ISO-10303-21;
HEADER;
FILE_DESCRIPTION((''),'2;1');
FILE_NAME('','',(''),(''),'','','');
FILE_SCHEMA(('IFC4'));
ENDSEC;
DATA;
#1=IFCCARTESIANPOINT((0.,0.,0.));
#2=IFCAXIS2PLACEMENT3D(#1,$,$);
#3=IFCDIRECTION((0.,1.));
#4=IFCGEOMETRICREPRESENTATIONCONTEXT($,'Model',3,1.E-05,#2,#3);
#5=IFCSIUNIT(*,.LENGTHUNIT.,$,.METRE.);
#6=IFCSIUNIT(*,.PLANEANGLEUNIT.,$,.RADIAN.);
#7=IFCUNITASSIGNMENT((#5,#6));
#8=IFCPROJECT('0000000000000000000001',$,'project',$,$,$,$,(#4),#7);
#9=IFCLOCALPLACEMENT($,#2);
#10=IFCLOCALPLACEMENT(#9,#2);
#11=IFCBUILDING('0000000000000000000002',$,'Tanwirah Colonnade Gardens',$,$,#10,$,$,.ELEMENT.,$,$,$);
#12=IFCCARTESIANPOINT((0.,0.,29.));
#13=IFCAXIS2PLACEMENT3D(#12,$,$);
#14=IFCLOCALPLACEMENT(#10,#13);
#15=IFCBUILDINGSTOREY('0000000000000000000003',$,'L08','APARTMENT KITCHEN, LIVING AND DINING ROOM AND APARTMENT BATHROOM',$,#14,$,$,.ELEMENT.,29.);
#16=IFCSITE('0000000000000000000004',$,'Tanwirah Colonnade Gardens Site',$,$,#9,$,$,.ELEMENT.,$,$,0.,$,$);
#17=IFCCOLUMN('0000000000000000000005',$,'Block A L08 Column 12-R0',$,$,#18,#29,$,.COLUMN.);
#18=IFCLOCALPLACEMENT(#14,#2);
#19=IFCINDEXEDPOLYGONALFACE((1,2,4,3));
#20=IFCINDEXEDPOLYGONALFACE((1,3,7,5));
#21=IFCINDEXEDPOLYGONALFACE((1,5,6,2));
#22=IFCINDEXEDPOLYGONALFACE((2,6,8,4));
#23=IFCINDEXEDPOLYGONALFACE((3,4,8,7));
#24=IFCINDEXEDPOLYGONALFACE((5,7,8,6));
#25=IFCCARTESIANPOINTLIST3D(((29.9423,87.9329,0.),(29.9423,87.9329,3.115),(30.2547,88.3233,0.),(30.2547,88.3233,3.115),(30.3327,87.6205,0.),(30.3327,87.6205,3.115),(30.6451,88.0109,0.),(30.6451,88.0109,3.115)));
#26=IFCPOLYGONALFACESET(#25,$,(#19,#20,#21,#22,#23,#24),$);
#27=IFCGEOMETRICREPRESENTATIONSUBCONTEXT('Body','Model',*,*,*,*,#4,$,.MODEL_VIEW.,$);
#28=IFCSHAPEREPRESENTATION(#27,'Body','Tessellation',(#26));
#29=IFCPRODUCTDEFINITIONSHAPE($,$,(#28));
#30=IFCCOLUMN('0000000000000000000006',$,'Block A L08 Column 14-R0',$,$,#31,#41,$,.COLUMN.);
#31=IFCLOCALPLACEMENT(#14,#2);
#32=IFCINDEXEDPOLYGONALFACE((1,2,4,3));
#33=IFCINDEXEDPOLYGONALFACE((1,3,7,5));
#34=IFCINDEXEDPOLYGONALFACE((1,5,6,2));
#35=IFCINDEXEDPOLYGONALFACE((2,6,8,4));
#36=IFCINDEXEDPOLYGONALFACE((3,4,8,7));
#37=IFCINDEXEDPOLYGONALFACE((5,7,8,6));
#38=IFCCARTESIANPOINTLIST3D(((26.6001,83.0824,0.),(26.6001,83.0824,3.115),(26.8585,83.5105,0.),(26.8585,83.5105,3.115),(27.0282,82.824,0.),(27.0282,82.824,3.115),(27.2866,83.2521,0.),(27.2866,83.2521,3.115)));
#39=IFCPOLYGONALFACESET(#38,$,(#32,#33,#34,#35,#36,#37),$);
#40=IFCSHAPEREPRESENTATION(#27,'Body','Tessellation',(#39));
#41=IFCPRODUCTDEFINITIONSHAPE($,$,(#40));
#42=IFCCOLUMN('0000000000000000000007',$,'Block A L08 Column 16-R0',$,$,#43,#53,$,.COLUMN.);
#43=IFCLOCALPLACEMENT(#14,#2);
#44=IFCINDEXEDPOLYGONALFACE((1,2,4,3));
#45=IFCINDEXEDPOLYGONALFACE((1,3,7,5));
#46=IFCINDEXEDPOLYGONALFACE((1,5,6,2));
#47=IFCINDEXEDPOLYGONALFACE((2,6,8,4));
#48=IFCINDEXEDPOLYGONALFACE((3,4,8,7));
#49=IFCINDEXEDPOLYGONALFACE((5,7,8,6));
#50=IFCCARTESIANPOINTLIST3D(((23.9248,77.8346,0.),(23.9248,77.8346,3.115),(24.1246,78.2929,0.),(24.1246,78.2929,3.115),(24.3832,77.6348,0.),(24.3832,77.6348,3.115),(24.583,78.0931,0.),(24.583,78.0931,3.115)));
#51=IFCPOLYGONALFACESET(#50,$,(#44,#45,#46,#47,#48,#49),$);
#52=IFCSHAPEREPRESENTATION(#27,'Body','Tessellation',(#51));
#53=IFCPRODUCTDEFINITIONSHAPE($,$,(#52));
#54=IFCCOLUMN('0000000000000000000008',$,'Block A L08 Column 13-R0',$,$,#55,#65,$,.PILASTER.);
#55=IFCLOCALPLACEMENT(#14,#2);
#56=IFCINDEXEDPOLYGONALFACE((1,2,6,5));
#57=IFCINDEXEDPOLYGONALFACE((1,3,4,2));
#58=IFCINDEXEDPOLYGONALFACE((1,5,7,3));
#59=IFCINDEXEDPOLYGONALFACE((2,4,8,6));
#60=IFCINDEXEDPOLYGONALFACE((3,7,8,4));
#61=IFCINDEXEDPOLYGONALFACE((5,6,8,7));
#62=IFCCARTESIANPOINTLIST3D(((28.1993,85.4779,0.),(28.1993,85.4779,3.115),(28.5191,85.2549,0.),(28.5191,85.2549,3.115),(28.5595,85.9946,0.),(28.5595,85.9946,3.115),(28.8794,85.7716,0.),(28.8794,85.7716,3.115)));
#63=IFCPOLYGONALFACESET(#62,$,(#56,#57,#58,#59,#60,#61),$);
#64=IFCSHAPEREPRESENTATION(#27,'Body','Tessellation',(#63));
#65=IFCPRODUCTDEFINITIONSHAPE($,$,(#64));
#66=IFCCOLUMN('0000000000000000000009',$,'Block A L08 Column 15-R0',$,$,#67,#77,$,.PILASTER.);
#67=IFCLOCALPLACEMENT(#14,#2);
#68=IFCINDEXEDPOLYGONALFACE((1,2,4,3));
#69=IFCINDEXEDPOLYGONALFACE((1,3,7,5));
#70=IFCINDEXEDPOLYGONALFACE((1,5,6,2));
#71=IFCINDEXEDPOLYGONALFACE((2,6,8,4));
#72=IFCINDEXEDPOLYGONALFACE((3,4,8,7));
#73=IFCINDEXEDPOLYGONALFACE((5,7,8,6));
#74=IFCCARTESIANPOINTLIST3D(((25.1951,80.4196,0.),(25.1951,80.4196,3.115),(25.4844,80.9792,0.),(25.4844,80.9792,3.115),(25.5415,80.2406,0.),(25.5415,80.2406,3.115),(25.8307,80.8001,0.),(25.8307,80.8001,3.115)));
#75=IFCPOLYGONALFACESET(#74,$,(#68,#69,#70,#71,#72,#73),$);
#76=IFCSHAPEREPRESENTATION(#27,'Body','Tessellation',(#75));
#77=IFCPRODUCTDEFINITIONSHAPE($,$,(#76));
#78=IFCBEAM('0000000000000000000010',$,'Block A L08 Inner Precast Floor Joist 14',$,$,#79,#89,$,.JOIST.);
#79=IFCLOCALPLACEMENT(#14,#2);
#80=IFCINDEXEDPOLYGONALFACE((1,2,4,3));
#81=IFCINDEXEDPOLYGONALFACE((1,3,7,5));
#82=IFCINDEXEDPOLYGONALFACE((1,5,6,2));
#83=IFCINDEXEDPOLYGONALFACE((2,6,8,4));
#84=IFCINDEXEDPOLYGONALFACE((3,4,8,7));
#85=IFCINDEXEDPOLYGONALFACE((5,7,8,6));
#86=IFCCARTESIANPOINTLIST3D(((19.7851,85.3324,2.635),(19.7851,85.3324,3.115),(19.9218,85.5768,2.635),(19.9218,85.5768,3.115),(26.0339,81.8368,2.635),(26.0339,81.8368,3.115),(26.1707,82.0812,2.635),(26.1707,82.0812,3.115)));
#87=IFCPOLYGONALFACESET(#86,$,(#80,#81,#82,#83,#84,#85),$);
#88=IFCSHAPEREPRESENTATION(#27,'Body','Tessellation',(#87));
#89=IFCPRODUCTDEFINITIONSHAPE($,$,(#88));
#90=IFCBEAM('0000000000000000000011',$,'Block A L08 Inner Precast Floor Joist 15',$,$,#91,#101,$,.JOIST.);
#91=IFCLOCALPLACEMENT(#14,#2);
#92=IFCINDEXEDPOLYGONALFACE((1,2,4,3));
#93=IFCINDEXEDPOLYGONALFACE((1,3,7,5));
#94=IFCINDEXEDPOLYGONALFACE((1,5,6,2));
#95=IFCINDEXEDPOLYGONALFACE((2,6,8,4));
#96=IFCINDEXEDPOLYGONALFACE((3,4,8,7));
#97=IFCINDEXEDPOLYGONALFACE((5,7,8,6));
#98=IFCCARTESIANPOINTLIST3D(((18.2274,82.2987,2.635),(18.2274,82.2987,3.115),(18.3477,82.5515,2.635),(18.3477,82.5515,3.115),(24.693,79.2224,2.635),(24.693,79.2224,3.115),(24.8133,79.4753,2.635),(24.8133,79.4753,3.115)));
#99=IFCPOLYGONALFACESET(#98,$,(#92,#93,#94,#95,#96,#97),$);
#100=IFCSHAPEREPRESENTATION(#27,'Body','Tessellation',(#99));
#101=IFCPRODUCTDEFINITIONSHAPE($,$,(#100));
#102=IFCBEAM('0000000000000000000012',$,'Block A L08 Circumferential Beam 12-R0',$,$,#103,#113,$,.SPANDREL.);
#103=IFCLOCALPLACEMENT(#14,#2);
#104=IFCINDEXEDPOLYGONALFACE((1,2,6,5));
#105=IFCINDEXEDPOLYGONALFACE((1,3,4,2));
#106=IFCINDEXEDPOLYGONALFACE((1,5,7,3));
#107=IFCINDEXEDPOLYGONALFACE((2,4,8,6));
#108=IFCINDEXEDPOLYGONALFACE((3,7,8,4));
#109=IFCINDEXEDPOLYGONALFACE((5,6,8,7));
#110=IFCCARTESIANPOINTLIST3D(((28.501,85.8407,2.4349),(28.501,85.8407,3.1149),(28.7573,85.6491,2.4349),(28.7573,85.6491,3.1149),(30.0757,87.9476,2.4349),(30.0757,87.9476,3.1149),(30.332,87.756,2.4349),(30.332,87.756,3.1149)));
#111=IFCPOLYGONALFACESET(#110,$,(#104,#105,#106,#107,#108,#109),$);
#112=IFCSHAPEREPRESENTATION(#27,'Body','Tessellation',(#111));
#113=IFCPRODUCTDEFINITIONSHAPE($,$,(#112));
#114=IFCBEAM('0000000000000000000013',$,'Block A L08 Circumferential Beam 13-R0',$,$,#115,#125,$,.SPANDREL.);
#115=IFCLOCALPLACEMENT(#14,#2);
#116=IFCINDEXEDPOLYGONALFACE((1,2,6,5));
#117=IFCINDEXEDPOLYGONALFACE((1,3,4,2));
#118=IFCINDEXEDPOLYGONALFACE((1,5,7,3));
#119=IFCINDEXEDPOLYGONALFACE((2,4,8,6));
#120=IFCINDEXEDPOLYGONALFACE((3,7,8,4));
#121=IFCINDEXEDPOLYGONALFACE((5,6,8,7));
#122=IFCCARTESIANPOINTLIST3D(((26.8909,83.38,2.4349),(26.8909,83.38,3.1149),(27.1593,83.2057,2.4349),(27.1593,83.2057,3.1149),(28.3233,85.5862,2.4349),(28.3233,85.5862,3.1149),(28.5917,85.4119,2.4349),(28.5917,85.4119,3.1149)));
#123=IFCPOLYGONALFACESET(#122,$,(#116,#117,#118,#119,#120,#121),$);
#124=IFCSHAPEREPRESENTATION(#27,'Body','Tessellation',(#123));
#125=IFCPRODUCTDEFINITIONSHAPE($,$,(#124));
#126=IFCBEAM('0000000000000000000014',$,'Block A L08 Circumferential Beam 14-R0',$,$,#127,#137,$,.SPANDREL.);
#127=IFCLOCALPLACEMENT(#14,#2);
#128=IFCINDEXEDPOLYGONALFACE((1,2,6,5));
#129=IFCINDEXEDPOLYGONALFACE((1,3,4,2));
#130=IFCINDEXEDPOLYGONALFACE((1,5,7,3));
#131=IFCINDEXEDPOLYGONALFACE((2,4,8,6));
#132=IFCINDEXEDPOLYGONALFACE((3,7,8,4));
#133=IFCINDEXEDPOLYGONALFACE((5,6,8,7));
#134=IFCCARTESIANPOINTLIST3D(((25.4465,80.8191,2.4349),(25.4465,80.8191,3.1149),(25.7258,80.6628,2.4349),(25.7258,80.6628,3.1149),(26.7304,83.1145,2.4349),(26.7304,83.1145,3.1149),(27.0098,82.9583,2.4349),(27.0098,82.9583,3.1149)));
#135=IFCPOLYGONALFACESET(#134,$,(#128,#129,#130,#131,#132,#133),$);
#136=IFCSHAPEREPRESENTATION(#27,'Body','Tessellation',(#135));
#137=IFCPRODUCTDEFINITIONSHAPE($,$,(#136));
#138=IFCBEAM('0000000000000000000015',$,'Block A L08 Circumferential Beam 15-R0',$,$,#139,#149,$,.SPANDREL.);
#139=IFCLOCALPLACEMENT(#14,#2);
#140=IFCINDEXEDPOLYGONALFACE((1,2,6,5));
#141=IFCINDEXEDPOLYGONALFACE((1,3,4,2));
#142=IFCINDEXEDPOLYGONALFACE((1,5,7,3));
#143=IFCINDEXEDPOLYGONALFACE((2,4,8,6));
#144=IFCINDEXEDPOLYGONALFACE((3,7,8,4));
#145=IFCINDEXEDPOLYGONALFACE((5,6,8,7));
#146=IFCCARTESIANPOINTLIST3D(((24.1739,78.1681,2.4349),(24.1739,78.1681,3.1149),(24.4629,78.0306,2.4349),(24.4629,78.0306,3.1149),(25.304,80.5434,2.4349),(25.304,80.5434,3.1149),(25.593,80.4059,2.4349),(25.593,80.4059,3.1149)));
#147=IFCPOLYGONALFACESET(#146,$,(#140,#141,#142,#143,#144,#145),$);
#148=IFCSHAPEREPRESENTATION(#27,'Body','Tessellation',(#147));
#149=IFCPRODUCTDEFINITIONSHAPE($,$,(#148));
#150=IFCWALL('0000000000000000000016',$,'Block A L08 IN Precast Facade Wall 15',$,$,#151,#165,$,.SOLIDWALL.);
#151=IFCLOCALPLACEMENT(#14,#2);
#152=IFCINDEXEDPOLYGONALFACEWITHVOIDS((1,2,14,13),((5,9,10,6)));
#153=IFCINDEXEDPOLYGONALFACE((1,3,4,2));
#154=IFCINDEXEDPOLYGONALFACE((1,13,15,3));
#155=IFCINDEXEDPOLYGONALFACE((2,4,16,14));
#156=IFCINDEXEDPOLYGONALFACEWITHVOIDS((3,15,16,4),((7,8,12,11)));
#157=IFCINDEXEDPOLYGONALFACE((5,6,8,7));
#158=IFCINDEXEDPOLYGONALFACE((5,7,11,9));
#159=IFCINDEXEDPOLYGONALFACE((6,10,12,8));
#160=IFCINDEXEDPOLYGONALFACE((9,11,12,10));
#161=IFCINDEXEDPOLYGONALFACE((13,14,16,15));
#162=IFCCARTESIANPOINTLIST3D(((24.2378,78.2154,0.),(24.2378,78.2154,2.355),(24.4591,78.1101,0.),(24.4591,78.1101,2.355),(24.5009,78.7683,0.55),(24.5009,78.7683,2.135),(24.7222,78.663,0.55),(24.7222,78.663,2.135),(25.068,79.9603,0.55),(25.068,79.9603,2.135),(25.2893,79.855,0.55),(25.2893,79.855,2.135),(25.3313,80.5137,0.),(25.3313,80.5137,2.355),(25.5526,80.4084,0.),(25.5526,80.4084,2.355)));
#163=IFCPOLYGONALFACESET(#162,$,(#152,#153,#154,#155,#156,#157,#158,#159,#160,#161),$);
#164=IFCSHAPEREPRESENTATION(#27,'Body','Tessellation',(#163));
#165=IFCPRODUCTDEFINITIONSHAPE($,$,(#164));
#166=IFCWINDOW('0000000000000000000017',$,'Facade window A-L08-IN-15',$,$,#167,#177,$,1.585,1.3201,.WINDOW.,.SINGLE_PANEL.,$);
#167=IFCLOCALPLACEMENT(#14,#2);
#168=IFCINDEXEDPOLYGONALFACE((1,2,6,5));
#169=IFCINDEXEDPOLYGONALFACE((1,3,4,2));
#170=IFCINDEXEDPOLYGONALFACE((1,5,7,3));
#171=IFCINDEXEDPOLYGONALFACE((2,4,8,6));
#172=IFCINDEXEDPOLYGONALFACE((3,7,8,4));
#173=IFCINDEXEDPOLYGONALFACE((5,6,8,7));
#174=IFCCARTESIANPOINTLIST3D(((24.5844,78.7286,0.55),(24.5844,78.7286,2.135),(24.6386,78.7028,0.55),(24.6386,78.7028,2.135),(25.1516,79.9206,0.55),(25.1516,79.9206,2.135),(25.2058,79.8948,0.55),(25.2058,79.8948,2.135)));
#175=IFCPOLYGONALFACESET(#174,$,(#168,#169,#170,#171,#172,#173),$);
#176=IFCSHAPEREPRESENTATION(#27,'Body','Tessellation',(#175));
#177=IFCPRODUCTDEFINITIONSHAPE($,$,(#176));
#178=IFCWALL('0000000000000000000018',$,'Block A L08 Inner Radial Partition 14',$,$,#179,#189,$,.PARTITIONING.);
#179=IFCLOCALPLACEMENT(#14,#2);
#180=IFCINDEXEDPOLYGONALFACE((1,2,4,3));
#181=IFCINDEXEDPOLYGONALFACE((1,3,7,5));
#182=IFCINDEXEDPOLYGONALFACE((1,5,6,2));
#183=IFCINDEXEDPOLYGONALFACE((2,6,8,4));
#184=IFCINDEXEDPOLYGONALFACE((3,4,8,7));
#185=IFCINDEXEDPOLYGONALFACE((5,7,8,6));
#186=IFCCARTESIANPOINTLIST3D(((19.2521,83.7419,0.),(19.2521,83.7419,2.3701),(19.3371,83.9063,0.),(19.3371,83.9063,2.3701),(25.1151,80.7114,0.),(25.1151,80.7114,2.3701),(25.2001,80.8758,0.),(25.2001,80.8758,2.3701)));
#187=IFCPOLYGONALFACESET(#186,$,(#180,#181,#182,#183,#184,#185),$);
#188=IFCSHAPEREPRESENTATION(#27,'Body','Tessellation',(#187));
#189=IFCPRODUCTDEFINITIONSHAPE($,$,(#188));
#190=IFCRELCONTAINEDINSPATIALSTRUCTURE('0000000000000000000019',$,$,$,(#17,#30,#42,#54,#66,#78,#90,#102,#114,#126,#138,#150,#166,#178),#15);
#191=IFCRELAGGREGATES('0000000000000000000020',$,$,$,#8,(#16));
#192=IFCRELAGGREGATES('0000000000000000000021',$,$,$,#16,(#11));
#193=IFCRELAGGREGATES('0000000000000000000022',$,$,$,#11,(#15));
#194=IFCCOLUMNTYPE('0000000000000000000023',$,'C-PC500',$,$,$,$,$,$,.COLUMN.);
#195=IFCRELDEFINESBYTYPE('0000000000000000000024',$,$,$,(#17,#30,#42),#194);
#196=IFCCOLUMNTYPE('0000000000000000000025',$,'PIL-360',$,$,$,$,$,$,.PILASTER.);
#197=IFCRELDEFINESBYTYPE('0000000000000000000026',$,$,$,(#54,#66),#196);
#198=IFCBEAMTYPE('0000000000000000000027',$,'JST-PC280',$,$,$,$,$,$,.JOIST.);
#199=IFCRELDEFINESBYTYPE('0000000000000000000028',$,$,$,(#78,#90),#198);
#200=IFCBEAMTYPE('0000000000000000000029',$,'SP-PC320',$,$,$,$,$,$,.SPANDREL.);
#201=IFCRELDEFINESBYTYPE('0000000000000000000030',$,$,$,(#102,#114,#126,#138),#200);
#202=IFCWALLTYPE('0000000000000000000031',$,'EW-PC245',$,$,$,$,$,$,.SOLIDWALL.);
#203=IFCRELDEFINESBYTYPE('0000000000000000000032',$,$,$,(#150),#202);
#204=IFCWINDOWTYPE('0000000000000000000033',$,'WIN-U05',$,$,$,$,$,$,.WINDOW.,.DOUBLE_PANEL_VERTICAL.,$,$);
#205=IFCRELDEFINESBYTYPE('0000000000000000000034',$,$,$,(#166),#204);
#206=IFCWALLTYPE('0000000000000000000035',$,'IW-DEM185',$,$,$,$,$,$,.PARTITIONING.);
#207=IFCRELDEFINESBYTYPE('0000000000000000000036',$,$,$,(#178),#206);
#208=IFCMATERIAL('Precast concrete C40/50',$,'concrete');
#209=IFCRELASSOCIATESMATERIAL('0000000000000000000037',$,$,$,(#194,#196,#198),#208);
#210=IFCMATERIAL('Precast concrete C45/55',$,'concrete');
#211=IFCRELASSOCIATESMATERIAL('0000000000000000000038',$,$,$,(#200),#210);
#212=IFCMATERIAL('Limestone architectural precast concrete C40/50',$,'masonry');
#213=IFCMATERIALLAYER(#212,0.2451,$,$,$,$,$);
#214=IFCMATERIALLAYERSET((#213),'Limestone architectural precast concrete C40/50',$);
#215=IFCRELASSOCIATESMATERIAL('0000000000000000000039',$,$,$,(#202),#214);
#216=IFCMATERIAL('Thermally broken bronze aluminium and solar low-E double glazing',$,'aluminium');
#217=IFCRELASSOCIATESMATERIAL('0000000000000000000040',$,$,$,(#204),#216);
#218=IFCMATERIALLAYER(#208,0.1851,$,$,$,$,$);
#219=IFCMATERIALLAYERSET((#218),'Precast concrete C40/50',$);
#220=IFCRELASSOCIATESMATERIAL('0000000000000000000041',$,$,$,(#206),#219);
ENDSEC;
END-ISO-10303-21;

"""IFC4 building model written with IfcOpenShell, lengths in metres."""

from ifc_helpers import new_model, si_unit, direction, frame, frame_2d, origin, origin_2d, place, context, subcontext, project, spatial, rectangle, extrude, material, layer, layer_set, material_profile, profile_set, type_object, element, fill, save


model = new_model("IFC4")

# Units and contexts
model_context = context("Model", 3, precision=1e-05, world=origin(), true_north=direction((0.0, 1.0)))
body_context = subcontext(model_context, "Body", "Model", "MODEL_VIEW")
ifc_project = project(units=[si_unit("LENGTHUNIT", "METRE"), si_unit("PLANEANGLEUNIT", "RADIAN")], contexts=[model_context])

# Site, building, storey
site_placement = place(None, origin())
site = spatial("IfcSite", under=ifc_project, at=site_placement, Name="Tanwirah Colonnade Gardens Site", CompositionType="ELEMENT", RefElevation=0.0)
building_placement = place(site_placement, origin())
building = spatial("IfcBuilding", under=site, at=building_placement, Name="Tanwirah Colonnade Gardens", CompositionType="ELEMENT")
storey_placement = place(building_placement, frame((0.0, 0.0, 29.0)))
storey = spatial("IfcBuildingStorey", under=building, at=storey_placement, Name="L08", Description="APARTMENT KITCHEN, LIVING AND DINING ROOM AND APARTMENT BATHROOM", CompositionType="ELEMENT", Elevation=29.0)

# Columns
ifc_material_1 = material(Name="Precast concrete C40/50", Category="concrete")
ifc_material_profile_1 = material_profile(ifc_material_1, rectangle(XDim=0.5, YDim=0.5, at=origin_2d()), Name="PC-COL 500x500")
ifc_profile_set_1 = profile_set([ifc_material_profile_1], Name="Precast concrete C40/50")
column_type_1 = type_object("IfcColumnType", Name="C-PC500", PredefinedType="COLUMN", material=ifc_profile_set_1)
for number, where, z_axis, x_axis, name in (
    (1, (30.2937, 87.9719, 0.0), (0.0, 0.0, 1.0), (-0.780794, 0.624788, 0.0), "Block A L08 Column 12-R0"),
    (2, (26.9434, 83.1672, 0.0), (0.0, 0.0, 1.0), (-0.856167, 0.516699, 0.0), "Block A L08 Column 14-R0"),
    (3, (24.2539, 77.9639, 0.0), (0.0, 0.0, 1.0), (-0.916673, 0.399638, 0.0), "Block A L08 Column 16-R0"),
):
    element("IfcColumn", number, at=place(storey_placement, frame(where, z_axis=z_axis, x_axis=x_axis)), inside=storey, type_object=column_type_1, Name=name, PredefinedType="COLUMN", context=body_context, shape_type="SweptSolid", body=[
        extrude(rectangle(XDim=0.5, YDim=0.5, at=origin_2d()), origin(), (0.0, 0.0, 1.0), 3.115),
    ])
ifc_material_profile_2 = material_profile(ifc_material_1, rectangle(XDim=0.3899, YDim=0.6299, at=origin_2d()), Name="PC-PIL 390x630")
ifc_profile_set_2 = profile_set([ifc_material_profile_2], Name="Precast concrete C40/50")
column_type_2 = type_object("IfcColumnType", Name="PIL-360", PredefinedType="PILASTER", material=ifc_profile_set_2)
for number, where, z_axis, x_axis, name in (
    (4, (28.5393, 85.6248, 0.0), (0.0, 0.0, 1.0), (-0.820263, 0.571987, 0.0), "Block A L08 Column 13-R0"),
    (5, (25.5129, 80.6099, 0.0), (0.0, 0.0, 1.0), (-0.88835, 0.459166, 0.0), "Block A L08 Column 15-R0"),
):
    element("IfcColumn", number, at=place(storey_placement, frame(where, z_axis=z_axis, x_axis=x_axis)), inside=storey, type_object=column_type_2, Name=name, PredefinedType="PILASTER", context=body_context, shape_type="SweptSolid", body=[
        extrude(rectangle(XDim=0.3899, YDim=0.6299, at=origin_2d()), origin(), (0.0, 0.0, 1.0), 3.115),
    ])

# Beams
ifc_material_profile_3 = material_profile(ifc_material_1, rectangle(XDim=0.28, YDim=0.48, at=origin_2d()), Name="PC-JST 280x480")
ifc_profile_set_3 = profile_set([ifc_material_profile_3], Name="Precast concrete C40/50")
beam_type_1 = type_object("IfcBeamType", Name="JST-PC280", PredefinedType="JOIST", material=ifc_profile_set_3)
for number, where, z_axis, x_axis, name in (
    (6, (26.1023, 81.959, 2.875), (-0.872727, 0.488209, 0.0), (-0.488209, -0.872727, 0.0), "Block A L08 Inner Precast Floor Joist 14"),
    (7, (24.7532, 79.3489, 2.875), (-0.903005, 0.429629, 0.0), (-0.429629, -0.903005, 0.0), "Block A L08 Inner Precast Floor Joist 15"),
):
    element("IfcBeam", number, at=place(storey_placement, frame(where, z_axis=z_axis, x_axis=x_axis)), inside=storey, type_object=beam_type_1, Name=name, PredefinedType="JOIST", context=body_context, shape_type="SweptSolid", body=[
        extrude(rectangle(XDim=0.28, YDim=0.48, at=origin_2d()), origin(), (0.0, 0.0, 1.0), 7.1602),
    ])
ifc_material_2 = material(Name="Precast concrete C45/55", Category="concrete")
ifc_material_profile_4 = material_profile(ifc_material_2, rectangle(XDim=0.3201, YDim=0.6799, at=origin_2d()), Name="PC-SP 320x680")
ifc_profile_set_4 = profile_set([ifc_material_profile_4], Name="Precast concrete C45/55")
beam_type_2 = type_object("IfcBeamType", Name="SP-PC320", PredefinedType="SPANDREL", material=ifc_profile_set_4)
for number, where, z_axis, x_axis, name in (
    (8, (30.2039, 87.8518, 2.7749), (-0.598663, -0.801001, 0.0), (0.801001, -0.598663, 0.0), "Block A L08 Circumferential Beam 12-R0"),
    (9, (28.4575, 85.499, 2.7749), (-0.544571, -0.838715, 0.0), (0.838715, -0.544571, 0.0), "Block A L08 Circumferential Beam 13-R0"),
):
    element("IfcBeam", number, at=place(storey_placement, frame(where, z_axis=z_axis, x_axis=x_axis)), inside=storey, type_object=beam_type_2, Name=name, PredefinedType="SPANDREL", context=body_context, shape_type="SweptSolid", body=[
        extrude(rectangle(XDim=0.3201, YDim=0.6799, at=origin_2d()), origin(), (0.0, 0.0, 1.0), 2.6304),
    ])
beam_1_placement = place(storey_placement, frame((26.8701, 83.0364, 2.7749), z_axis=(-0.488171, -0.872748, 0.0), x_axis=(0.872748, -0.488171, 0.0)))
element("IfcBeam", 10, at=beam_1_placement, inside=storey, type_object=beam_type_2, Name="Block A L08 Circumferential Beam 14-R0", PredefinedType="SPANDREL", context=body_context, shape_type="SweptSolid", body=[
    extrude(rectangle(XDim=0.3201, YDim=0.6799, at=origin_2d()), origin(), (0.0, 0.0, 1.0), 2.6301),
])
beam_2_placement = place(storey_placement, frame((25.4485, 80.4746, 2.7749), z_axis=(-0.429642, -0.902999, 0.0), x_axis=(0.902999, -0.429642, 0.0)))
element("IfcBeam", 11, at=beam_2_placement, inside=storey, type_object=beam_type_2, Name="Block A L08 Circumferential Beam 15-R0", PredefinedType="SPANDREL", context=body_context, shape_type="SweptSolid", body=[
    extrude(rectangle(XDim=0.3201, YDim=0.6799, at=origin_2d()), origin(), (0.0, 0.0, 1.0), 2.6304),
])

# Wall, opening, window
ifc_material_3 = material(Name="Limestone architectural precast concrete C40/50", Category="masonry")
ifc_layer_1 = layer(ifc_material_3, 0.2451)
ifc_layer_set_1 = layer_set([ifc_layer_1], Name="Limestone architectural precast concrete C40/50")
wall_type_1 = type_object("IfcWallType", Name="EW-PC245", PredefinedType="SOLIDWALL", material=ifc_layer_set_1)
wall_1_placement = place(storey_placement, frame((25.4419, 80.4609, 0.0), z_axis=(0.0, 0.0, 1.0), x_axis=(-0.429632, -0.903004, 0.0)))
wall_1 = element("IfcWall", 12, at=wall_1_placement, inside=storey, type_object=wall_type_1, Name="Block A L08 IN Precast Facade Wall 15", PredefinedType="SOLIDWALL", context=body_context, shape_type="SweptSolid", body=[
    extrude(rectangle(XDim=2.5452, YDim=0.2451, at=frame_2d((1.2725, 0.0))), origin(), (0.0, 0.0, 1.0), 2.355),
])
opening_placement = place(wall_1_placement, frame((0.6125, 0.0, 0.55)))
opening = element("IfcOpeningElement", 13, at=opening_placement, cuts=wall_1, PredefinedType="OPENING", context=body_context, shape_type="SweptSolid", body=[
    extrude(rectangle(XDim=1.3201, YDim=1.585, at=frame_2d((0.6602, 0.7925))), frame((0.0, 0.1326, 0.0), z_axis=(0.0, -1.0, 0.0), x_axis=(1.0, 0.0, 0.0)), (0.0, 0.0, 1.0), 0.2651),
])
ifc_material_4 = material(Name="Thermally broken bronze aluminium and solar low-E double glazing", Category="aluminium")
window_type = type_object("IfcWindowType", Name="WIN-U05", PartitioningType="DOUBLE_PANEL_VERTICAL", PredefinedType="WINDOW", material=ifc_material_4)
window_placement = place(opening_placement, origin())
window = element("IfcWindow", 14, at=window_placement, inside=storey, type_object=window_type, Name="Facade window A-L08-IN-15", OverallHeight=1.585, OverallWidth=1.3201, PartitioningType="SINGLE_PANEL", PredefinedType="WINDOW", context=body_context, shape_type="SweptSolid", body=[
    extrude(rectangle(XDim=1.3201, YDim=1.585, at=frame_2d((0.6602, 0.7925))), frame((0.0, 0.03, 0.0), z_axis=(0.0, -1.0, 0.0), x_axis=(1.0, 0.0, 0.0)), (0.0, 0.0, 1.0), 0.0601),
])
fill(opening, window)

# Wall
ifc_layer_2 = layer(ifc_material_1, 0.1851)
ifc_layer_set_2 = layer_set([ifc_layer_2], Name="Precast concrete C40/50")
wall_type_2 = type_object("IfcWallType", Name="IW-DEM185", PredefinedType="PARTITIONING", material=ifc_layer_set_2)
wall_2_placement = place(storey_placement, frame((25.1575, 80.7937, 0.0), z_axis=(0.0, 0.0, 1.0), x_axis=(-0.888347, 0.459173, 0.0)))
element("IfcWall", 15, at=wall_2_placement, inside=storey, type_object=wall_type_2, Name="Block A L08 Inner Radial Partition 14", PredefinedType="PARTITIONING", context=body_context, shape_type="SweptSolid", body=[
    extrude(rectangle(XDim=6.5999, YDim=0.1851, at=frame_2d((3.2998, 0.0))), origin(), (0.0, 0.0, 1.0), 2.3701),
])

save(model, "model.ifc")
